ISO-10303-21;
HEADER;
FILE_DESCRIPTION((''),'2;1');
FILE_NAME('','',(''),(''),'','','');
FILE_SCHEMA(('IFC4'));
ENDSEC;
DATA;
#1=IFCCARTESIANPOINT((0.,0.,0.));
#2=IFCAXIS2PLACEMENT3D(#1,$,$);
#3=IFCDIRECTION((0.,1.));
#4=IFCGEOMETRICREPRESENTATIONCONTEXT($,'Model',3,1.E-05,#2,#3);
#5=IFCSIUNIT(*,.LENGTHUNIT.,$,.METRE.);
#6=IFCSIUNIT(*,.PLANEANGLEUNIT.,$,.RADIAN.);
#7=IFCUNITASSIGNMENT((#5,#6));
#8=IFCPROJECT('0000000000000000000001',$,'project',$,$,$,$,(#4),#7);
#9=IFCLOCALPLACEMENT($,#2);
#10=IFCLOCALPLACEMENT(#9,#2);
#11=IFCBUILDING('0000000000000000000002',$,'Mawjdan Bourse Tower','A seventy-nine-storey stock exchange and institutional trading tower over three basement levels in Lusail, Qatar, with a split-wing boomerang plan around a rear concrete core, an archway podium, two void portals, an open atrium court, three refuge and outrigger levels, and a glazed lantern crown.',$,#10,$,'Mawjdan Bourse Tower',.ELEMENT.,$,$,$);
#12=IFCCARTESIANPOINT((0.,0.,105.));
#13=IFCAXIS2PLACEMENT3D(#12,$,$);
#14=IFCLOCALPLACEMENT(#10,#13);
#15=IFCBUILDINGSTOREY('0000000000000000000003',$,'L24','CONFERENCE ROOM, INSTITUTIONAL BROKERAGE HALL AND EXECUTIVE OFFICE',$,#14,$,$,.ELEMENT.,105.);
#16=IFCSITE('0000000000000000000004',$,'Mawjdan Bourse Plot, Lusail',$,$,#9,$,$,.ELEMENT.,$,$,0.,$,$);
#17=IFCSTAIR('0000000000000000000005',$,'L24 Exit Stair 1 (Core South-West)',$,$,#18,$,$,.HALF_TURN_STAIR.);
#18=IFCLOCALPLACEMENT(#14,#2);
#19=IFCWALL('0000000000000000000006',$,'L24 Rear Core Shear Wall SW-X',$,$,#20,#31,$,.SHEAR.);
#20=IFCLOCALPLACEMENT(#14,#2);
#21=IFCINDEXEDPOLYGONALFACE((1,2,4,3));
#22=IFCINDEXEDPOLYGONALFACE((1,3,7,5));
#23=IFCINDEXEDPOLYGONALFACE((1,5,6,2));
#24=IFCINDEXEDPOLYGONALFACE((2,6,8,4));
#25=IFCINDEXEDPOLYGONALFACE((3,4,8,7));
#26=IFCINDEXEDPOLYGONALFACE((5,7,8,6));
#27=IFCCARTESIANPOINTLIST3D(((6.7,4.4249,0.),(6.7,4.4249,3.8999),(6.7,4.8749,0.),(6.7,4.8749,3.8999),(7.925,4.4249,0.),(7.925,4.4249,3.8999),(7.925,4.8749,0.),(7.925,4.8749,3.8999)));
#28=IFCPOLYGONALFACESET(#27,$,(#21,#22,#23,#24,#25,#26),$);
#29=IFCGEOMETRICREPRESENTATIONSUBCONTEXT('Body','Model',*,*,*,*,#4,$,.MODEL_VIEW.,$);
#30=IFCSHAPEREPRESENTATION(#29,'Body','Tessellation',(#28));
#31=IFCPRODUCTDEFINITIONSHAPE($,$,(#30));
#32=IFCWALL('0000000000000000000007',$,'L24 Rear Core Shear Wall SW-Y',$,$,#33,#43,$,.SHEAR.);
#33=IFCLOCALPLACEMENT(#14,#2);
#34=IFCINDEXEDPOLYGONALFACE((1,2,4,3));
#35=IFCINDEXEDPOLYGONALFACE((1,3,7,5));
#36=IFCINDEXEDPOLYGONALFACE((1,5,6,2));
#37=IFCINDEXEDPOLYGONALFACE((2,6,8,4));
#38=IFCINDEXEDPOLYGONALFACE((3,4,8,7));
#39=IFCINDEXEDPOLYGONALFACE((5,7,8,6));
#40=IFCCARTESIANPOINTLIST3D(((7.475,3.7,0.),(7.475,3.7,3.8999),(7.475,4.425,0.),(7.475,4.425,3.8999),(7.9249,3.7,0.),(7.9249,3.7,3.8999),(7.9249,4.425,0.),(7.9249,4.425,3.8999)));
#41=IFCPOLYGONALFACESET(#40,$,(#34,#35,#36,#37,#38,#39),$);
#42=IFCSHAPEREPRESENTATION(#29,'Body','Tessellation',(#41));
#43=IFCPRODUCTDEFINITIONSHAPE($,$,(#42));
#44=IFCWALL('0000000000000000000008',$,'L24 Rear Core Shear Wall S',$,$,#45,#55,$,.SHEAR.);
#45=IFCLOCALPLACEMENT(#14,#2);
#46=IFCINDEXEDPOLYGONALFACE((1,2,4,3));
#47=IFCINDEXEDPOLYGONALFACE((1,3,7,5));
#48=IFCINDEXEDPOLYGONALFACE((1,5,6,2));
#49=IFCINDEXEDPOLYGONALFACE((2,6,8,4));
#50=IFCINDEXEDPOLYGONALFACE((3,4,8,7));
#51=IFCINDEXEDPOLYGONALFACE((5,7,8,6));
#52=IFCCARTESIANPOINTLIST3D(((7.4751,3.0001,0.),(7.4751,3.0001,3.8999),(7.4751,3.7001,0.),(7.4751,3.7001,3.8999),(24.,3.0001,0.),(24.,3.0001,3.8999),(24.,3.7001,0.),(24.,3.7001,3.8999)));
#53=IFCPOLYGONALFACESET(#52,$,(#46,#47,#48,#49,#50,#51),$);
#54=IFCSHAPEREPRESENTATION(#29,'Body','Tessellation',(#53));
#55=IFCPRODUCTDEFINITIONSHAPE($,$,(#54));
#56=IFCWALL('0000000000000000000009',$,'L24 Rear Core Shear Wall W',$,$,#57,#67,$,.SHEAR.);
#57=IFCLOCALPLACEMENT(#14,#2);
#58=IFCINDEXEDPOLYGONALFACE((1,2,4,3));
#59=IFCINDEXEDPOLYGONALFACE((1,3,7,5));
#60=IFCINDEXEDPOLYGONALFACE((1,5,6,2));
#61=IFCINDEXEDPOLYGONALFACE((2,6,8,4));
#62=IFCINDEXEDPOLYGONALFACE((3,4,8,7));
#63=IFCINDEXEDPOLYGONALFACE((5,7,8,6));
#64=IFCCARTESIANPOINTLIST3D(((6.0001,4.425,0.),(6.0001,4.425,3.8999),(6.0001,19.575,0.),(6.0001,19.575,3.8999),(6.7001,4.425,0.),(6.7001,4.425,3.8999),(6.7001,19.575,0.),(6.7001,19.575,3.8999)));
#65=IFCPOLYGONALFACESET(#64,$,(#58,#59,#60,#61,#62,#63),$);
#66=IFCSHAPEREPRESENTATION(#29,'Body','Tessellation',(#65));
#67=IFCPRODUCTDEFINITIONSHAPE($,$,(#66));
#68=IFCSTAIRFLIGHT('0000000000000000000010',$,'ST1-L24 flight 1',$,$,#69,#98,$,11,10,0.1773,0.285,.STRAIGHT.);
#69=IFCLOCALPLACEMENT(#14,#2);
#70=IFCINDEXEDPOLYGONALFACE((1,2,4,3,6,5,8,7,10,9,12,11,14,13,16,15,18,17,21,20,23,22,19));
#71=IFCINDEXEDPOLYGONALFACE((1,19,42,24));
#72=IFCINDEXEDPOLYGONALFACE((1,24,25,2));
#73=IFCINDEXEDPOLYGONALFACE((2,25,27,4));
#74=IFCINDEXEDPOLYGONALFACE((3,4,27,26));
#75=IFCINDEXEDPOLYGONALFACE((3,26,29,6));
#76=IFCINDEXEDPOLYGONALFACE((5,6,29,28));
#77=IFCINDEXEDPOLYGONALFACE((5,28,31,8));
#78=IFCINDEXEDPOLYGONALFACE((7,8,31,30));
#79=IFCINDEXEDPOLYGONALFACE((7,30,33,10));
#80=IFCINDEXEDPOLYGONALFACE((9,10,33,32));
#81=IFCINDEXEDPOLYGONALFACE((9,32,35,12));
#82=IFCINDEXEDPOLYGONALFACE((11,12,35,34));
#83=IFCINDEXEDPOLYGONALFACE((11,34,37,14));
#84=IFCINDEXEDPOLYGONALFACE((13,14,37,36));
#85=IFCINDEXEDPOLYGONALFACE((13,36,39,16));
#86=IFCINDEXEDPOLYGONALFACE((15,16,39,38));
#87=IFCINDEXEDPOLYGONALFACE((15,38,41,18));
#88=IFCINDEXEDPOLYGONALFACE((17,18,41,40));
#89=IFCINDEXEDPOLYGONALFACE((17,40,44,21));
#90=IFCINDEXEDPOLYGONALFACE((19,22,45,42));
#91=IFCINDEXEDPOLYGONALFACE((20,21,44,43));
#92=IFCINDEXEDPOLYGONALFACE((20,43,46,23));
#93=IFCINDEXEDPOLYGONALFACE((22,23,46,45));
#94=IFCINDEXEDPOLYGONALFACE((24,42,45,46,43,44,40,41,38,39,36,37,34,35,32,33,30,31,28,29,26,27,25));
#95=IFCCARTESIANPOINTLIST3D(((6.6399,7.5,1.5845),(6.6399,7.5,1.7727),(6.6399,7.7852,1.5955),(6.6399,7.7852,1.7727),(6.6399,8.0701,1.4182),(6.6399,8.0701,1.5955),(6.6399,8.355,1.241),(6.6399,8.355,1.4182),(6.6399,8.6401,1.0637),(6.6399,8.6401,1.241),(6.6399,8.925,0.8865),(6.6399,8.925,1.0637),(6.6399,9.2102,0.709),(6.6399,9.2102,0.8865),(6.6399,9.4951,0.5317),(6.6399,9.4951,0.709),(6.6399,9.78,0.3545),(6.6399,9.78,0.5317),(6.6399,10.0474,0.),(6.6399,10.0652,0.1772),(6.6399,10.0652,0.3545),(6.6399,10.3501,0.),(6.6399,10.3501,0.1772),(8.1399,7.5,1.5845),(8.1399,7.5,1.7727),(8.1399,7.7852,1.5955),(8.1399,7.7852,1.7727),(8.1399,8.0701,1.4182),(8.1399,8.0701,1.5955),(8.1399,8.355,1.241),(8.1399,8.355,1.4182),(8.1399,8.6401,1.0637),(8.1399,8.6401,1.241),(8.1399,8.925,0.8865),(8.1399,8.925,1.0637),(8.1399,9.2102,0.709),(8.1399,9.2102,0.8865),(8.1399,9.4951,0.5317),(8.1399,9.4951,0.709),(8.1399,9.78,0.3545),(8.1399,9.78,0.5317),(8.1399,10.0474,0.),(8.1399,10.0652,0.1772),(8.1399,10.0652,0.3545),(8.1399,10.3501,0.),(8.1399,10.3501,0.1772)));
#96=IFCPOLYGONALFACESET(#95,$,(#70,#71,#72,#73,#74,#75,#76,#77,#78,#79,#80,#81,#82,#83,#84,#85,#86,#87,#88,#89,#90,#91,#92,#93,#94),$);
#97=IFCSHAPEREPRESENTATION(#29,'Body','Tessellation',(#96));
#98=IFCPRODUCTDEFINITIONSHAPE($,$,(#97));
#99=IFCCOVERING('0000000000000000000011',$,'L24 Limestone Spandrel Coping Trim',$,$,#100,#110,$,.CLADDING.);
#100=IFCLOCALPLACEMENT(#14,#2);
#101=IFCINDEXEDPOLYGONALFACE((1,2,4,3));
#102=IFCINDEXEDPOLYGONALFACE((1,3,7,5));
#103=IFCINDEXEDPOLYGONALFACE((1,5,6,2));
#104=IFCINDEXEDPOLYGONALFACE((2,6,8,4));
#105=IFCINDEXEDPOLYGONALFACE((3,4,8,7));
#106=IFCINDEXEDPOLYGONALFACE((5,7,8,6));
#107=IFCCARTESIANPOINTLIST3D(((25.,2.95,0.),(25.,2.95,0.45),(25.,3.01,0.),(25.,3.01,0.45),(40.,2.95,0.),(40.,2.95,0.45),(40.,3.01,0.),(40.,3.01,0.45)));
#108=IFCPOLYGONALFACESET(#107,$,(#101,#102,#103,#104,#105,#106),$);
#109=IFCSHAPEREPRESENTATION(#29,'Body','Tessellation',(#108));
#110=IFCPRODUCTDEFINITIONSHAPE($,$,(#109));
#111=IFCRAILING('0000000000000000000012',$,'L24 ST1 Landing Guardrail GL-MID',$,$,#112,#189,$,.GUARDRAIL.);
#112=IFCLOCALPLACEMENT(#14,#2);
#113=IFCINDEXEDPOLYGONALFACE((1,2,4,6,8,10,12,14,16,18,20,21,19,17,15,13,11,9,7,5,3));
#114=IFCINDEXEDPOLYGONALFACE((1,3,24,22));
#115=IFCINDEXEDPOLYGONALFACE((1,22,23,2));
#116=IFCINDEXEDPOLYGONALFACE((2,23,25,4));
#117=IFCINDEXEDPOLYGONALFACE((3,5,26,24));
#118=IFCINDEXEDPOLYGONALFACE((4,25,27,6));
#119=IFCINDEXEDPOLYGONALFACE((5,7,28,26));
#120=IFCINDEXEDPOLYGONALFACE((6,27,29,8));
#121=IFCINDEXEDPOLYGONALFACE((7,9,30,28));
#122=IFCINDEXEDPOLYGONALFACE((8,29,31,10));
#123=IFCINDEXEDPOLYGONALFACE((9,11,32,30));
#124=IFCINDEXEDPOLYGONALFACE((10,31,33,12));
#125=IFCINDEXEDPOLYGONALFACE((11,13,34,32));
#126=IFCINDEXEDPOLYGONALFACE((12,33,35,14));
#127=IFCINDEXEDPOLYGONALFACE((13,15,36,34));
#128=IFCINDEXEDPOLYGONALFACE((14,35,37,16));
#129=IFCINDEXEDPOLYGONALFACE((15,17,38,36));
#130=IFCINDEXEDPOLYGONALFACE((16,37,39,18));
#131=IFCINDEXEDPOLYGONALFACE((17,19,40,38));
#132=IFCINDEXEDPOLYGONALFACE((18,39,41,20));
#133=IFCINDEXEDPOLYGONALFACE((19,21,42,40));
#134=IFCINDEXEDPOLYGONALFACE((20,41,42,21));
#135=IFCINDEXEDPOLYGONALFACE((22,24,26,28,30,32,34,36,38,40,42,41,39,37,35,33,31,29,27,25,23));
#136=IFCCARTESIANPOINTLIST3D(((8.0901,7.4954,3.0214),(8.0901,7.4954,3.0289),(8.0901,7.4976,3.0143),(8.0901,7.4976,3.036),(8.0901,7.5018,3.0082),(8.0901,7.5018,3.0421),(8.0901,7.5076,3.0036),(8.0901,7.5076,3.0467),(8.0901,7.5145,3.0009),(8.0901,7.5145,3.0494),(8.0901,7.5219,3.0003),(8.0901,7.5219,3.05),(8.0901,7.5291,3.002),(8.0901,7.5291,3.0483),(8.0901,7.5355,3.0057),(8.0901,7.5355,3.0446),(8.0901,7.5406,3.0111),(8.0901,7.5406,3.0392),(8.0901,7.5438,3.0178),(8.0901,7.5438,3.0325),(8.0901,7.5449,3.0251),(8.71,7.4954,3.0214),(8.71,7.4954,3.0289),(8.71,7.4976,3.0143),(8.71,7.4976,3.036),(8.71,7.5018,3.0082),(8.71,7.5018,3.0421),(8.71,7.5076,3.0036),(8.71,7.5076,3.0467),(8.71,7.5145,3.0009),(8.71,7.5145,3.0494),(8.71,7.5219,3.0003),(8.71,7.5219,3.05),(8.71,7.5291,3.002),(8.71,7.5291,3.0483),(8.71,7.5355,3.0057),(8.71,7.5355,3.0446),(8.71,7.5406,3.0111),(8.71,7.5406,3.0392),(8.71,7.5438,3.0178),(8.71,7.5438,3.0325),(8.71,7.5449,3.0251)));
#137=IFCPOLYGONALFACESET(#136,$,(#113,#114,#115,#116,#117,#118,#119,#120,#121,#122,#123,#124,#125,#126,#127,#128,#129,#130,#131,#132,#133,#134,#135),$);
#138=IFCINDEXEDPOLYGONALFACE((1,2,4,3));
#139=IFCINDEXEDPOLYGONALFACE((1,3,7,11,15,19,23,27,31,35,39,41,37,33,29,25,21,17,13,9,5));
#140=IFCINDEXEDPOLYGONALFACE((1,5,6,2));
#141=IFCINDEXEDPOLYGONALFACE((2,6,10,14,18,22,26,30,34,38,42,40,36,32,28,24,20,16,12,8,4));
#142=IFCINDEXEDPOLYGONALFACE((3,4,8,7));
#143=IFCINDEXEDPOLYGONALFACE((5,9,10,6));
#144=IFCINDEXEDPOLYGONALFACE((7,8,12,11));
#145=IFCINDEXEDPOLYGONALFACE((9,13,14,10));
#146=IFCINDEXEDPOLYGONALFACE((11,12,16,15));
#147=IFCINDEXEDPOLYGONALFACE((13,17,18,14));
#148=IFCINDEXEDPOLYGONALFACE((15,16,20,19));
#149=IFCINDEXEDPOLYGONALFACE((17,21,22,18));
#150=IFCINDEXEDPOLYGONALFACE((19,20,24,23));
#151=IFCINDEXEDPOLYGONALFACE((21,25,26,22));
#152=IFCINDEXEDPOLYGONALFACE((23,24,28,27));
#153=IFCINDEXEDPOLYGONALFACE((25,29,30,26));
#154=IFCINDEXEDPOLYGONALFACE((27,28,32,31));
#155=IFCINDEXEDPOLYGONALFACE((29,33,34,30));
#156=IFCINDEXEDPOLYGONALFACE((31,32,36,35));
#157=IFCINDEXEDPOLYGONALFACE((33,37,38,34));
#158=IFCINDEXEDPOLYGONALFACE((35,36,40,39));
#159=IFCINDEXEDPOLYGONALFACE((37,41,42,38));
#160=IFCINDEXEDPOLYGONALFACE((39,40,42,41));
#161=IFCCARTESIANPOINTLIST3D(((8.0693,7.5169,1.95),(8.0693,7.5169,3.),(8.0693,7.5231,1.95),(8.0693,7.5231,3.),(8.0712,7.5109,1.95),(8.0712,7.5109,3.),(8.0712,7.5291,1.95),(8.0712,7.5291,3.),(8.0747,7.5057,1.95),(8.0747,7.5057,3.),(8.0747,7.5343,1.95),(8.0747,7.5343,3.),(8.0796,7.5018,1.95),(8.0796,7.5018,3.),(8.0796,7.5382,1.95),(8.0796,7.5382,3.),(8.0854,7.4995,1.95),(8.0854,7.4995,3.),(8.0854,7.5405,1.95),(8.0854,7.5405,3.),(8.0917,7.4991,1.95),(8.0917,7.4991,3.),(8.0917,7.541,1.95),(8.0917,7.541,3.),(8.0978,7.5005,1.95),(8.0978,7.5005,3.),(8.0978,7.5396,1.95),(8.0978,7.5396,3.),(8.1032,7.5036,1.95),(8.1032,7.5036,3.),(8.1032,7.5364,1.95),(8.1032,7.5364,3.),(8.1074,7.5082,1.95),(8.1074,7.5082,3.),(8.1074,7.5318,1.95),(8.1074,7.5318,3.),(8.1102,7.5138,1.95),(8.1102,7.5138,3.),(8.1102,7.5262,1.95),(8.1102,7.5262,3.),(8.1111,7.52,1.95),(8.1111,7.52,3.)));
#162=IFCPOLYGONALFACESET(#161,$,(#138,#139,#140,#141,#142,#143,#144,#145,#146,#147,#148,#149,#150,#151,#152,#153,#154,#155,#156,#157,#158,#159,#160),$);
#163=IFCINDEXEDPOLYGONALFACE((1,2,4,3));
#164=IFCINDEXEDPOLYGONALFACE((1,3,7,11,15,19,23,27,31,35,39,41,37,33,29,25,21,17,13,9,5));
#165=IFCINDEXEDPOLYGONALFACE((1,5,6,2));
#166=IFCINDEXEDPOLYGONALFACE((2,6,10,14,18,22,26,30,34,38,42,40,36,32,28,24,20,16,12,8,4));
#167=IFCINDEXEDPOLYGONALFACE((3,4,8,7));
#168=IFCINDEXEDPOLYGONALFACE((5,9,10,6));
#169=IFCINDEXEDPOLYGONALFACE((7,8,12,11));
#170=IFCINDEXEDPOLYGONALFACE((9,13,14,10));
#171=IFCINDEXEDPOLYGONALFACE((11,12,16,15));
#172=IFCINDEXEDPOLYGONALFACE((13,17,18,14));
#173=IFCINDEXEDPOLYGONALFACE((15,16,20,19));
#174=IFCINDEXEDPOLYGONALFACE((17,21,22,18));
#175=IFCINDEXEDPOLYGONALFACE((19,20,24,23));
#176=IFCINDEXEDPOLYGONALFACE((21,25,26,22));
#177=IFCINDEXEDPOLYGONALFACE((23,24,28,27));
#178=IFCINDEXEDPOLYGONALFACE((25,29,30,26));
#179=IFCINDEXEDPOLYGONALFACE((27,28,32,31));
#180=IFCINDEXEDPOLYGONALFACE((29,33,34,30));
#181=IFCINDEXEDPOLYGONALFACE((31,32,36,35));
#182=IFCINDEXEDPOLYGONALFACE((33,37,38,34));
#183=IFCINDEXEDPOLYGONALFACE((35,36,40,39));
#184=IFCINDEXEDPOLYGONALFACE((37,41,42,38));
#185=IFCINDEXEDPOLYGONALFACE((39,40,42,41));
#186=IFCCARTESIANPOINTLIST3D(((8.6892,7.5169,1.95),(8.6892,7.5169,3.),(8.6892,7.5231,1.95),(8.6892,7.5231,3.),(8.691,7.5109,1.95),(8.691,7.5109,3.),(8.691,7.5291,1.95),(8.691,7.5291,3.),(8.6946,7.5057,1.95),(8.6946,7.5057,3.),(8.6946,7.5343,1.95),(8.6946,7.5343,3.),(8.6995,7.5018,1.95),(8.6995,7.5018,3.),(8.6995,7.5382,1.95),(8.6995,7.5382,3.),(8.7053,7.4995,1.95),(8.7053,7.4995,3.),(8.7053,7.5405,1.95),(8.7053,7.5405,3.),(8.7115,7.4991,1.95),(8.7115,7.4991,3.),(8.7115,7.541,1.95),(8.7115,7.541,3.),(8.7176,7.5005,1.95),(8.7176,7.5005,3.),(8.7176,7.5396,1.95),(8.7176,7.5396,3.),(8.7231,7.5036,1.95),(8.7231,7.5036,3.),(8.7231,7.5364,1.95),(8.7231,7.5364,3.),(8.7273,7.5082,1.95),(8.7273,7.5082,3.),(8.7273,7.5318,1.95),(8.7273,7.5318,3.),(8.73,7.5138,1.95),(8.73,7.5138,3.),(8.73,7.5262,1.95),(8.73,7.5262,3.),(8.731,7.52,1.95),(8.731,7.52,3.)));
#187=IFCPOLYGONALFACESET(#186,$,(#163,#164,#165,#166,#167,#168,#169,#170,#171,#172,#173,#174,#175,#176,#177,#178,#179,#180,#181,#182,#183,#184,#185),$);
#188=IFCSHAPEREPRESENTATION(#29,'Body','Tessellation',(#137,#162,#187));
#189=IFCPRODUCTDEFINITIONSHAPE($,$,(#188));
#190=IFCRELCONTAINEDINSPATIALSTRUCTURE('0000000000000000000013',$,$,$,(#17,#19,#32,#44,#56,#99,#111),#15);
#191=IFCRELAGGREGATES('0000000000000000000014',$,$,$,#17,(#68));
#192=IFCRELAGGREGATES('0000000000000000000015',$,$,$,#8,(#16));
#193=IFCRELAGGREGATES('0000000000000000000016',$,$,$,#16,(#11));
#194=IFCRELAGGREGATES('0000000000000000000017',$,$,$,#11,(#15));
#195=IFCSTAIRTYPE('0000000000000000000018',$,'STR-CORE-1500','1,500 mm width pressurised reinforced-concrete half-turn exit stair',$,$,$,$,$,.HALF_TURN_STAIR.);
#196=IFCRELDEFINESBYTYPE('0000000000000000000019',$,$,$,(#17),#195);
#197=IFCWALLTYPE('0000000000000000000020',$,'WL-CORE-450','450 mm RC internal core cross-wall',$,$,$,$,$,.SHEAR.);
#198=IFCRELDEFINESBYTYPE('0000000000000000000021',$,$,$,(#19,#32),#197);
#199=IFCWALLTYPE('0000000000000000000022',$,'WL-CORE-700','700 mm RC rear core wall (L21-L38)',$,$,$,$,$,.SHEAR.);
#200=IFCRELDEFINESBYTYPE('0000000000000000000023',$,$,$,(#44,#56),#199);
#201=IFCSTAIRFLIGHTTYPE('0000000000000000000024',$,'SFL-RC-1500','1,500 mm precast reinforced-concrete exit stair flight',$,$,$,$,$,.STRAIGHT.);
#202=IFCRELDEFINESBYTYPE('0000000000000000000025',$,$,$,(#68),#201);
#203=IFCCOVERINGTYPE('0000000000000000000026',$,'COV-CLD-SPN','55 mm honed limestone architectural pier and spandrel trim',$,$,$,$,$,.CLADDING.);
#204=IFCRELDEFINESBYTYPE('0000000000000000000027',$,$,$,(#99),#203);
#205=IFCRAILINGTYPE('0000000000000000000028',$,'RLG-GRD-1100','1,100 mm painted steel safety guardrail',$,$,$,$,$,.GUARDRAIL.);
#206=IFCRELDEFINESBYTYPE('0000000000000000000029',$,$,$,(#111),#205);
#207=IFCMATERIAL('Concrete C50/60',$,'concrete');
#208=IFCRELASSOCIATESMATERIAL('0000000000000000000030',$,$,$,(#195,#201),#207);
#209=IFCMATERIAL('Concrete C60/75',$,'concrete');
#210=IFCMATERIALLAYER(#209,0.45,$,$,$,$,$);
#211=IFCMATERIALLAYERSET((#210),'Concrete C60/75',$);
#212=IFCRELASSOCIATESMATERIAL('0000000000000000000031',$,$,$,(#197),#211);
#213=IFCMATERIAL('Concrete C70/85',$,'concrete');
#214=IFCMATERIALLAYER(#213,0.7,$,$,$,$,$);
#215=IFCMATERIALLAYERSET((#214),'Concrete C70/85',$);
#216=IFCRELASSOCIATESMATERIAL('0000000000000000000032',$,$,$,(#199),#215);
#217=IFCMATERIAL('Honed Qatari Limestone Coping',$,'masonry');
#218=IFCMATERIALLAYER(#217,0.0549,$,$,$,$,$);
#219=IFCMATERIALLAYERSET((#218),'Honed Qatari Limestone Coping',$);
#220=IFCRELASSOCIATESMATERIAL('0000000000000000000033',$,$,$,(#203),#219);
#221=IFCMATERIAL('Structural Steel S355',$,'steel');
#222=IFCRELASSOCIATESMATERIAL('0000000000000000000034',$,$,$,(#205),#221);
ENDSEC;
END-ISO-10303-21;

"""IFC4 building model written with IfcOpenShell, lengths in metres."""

from ifc_helpers import new_model, si_unit, direction, frame, frame_2d, origin, origin_2d, place, context, subcontext, project, spatial, polyline, rectangle, circle, outline, extrude, material, layer, layer_set, type_object, element, aggregate, save


model = new_model("IFC4")

# Units and contexts
model_context = context("Model", 3, precision=1e-05, world=origin(), true_north=direction((0.0, 1.0)))
body_context = subcontext(model_context, "Body", "Model", "MODEL_VIEW")
ifc_project = project(units=[si_unit("LENGTHUNIT", "METRE"), si_unit("PLANEANGLEUNIT", "RADIAN")], contexts=[model_context])

# Site, building, storey
site_placement = place(None, origin())
site = spatial("IfcSite", under=ifc_project, at=site_placement, Name="Mawjdan Bourse Plot, Lusail", CompositionType="ELEMENT", RefElevation=0.0)
building_placement = place(site_placement, origin())
building = spatial("IfcBuilding", under=site, at=building_placement, Name="Mawjdan Bourse Tower", Description="A seventy-nine-storey stock exchange and institutional trading tower over three basement levels in Lusail, Qatar, with a split-wing boomerang plan around a rear concrete core, an archway podium, two void portals, an open atrium court, three refuge and outrigger levels, and a glazed lantern crown.", LongName="Mawjdan Bourse Tower", CompositionType="ELEMENT")
storey_placement = place(building_placement, frame((0.0, 0.0, 105.0)))
storey = spatial("IfcBuildingStorey", under=building, at=storey_placement, Name="L24", Description="CONFERENCE ROOM, INSTITUTIONAL BROKERAGE HALL AND EXECUTIVE OFFICE", CompositionType="ELEMENT", Elevation=105.0)

# Stair
ifc_material_1 = material(Name="Concrete C50/60", Category="concrete")
stair_type = type_object("IfcStairType", Name="STR-CORE-1500", Description="1,500 mm width pressurised reinforced-concrete half-turn exit stair", PredefinedType="HALF_TURN_STAIR", material=ifc_material_1)
stair_1_placement = place(storey_placement, origin())
stair_1 = element("IfcStair", 1, at=stair_1_placement, inside=storey, type_object=stair_type, Name="L24 Exit Stair 1 (Core South-West)", PredefinedType="HALF_TURN_STAIR")

# Walls
ifc_material_2 = material(Name="Concrete C60/75", Category="concrete")
ifc_layer_1 = layer(ifc_material_2, 0.45)
ifc_layer_set_1 = layer_set([ifc_layer_1], Name="Concrete C60/75")
wall_type_1 = type_object("IfcWallType", Name="WL-CORE-450", Description="450 mm RC internal core cross-wall", PredefinedType="SHEAR", material=ifc_layer_set_1)
wall_1_placement = place(storey_placement, frame((6.7, 4.6499, 0.0), z_axis=(0.0, 0.0, 1.0), x_axis=(1.0, 0.0, 0.0)))
element("IfcWall", 2, at=wall_1_placement, inside=storey, type_object=wall_type_1, Name="L24 Rear Core Shear Wall SW-X", PredefinedType="SHEAR", context=body_context, shape_type="SweptSolid", body=[
    extrude(rectangle(XDim=1.2251, YDim=0.45, at=frame_2d((0.6125, 0.0))), origin(), (0.0, 0.0, 1.0), 3.8999),
])
wall_2_placement = place(storey_placement, frame((7.7, 3.7, 0.0), z_axis=(0.0, 0.0, 1.0), x_axis=(0.0, 1.0, 0.0)))
element("IfcWall", 3, at=wall_2_placement, inside=storey, type_object=wall_type_1, Name="L24 Rear Core Shear Wall SW-Y", PredefinedType="SHEAR", context=body_context, shape_type="SweptSolid", body=[
    extrude(rectangle(XDim=0.7251, YDim=0.45, at=frame_2d((0.3625, 0.0))), origin(), (0.0, 0.0, 1.0), 3.8999),
])
ifc_material_3 = material(Name="Concrete C70/85", Category="concrete")
ifc_layer_2 = layer(ifc_material_3, 0.7)
ifc_layer_set_2 = layer_set([ifc_layer_2], Name="Concrete C70/85")
wall_type_2 = type_object("IfcWallType", Name="WL-CORE-700", Description="700 mm RC rear core wall (L21-L38)", PredefinedType="SHEAR", material=ifc_layer_set_2)
wall_3_placement = place(storey_placement, frame((7.4751, 3.3501, 0.0), z_axis=(0.0, 0.0, 1.0), x_axis=(1.0, 0.0, 0.0)))
element("IfcWall", 4, at=wall_3_placement, inside=storey, type_object=wall_type_2, Name="L24 Rear Core Shear Wall S", PredefinedType="SHEAR", context=body_context, shape_type="SweptSolid", body=[
    extrude(rectangle(XDim=16.5249, YDim=0.7, at=frame_2d((8.2625, 0.0))), origin(), (0.0, 0.0, 1.0), 3.8999),
])
wall_4_placement = place(storey_placement, frame((6.3501, 4.425, 0.0), z_axis=(0.0, 0.0, 1.0), x_axis=(0.0, 1.0, 0.0)))
element("IfcWall", 5, at=wall_4_placement, inside=storey, type_object=wall_type_2, Name="L24 Rear Core Shear Wall W", PredefinedType="SHEAR", context=body_context, shape_type="SweptSolid", body=[
    extrude(rectangle(XDim=15.1499, YDim=0.7, at=frame_2d((7.575, 0.0))), origin(), (0.0, 0.0, 1.0), 3.8999),
])

# Stair flight
stair_flight_type = type_object("IfcStairFlightType", Name="SFL-RC-1500", Description="1,500 mm precast reinforced-concrete exit stair flight", PredefinedType="STRAIGHT", material=ifc_material_1)
stair_flight_placement = place(storey_placement, frame((7.3899, 10.3501, 0.0), z_axis=(0.0, 0.0, 1.0), x_axis=(0.0, -1.0, 0.0)))
stair_flight = element("IfcStairFlight", 6, at=stair_flight_placement, type_object=stair_flight_type, Name="ST1-L24 flight 1", NumberOfRisers=11, NumberOfTreads=10, PredefinedType="STRAIGHT", RiserHeight=0.1773, TreadLength=0.285, context=body_context, shape_type="SweptSolid", body=[
    extrude(outline(polyline([(0.0, 0.0), (0.0, 0.1772), (0.2849, 0.1772), (0.2849, 0.3545), (0.5701, 0.3545), (0.5701, 0.5317), (0.855, 0.5317), (0.855, 0.709), (1.1399, 0.709), (1.1399, 0.8865), (1.425, 0.8865), (1.425, 1.0637), (1.71, 1.0637), (1.71, 1.241), (1.9951, 1.241), (1.9951, 1.4182), (2.28, 1.4182), (2.28, 1.5955), (2.5649, 1.5955), (2.5649, 1.7727), (2.8501, 1.7727), (2.8501, 1.95), (2.8501, 1.5845), (0.3027, 0.0), (0.0, 0.0)])), frame((0.0, 0.75, 0.0), z_axis=(0.0, -1.0, 0.0), x_axis=(1.0, 0.0, 0.0)), (0.0, 0.0, 1.0), 1.5),
])
aggregate(stair_1, [stair_flight])

# Covering
ifc_material_4 = material(Name="Honed Qatari Limestone Coping", Category="masonry")
ifc_layer_3 = layer(ifc_material_4, 0.0549)
ifc_layer_set_3 = layer_set([ifc_layer_3], Name="Honed Qatari Limestone Coping")
covering_type = type_object("IfcCoveringType", Name="COV-CLD-SPN", Description="55 mm honed limestone architectural pier and spandrel trim", PredefinedType="CLADDING", material=ifc_layer_set_3)
covering_placement = place(storey_placement, origin())
element("IfcCovering", 7, at=covering_placement, inside=storey, type_object=covering_type, Name="L24 Limestone Spandrel Coping Trim", PredefinedType="CLADDING", context=body_context, shape_type="SweptSolid", body=[
    extrude(outline(polyline([(25.0, 2.95), (40.0, 2.95), (40.0, 3.01), (25.0, 3.01), (25.0, 2.95)])), origin(), (0.0, 0.0, 1.0), 0.45),
])

# Railing
ifc_material_5 = material(Name="Structural Steel S355", Category="steel")
railing_type = type_object("IfcRailingType", Name="RLG-GRD-1100", Description="1,100 mm painted steel safety guardrail", PredefinedType="GUARDRAIL", material=ifc_material_5)
railing_placement = place(storey_placement, frame((8.0901, 7.52, 1.95)))
element("IfcRailing", 8, at=railing_placement, inside=storey, type_object=railing_type, Name="L24 ST1 Landing Guardrail GL-MID", PredefinedType="GUARDRAIL", context=body_context, shape_type="SweptSolid", body=[
    extrude(circle(Radius=0.0249, at=origin_2d()), frame((0.0, 0.0, 1.0752), z_axis=(1.0, 0.0, 0.0), x_axis=(0.0, 1.0, 0.0)), (0.0, 0.0, 1.0), 0.6199),
    extrude(circle(Radius=0.021, at=origin_2d()), origin(), (0.0, 0.0, 1.0), 1.05),
    extrude(circle(Radius=0.021, at=origin_2d()), frame((0.6199, 0.0, 0.0)), (0.0, 0.0, 1.0), 1.05),
])

save(model, "model.ifc")
